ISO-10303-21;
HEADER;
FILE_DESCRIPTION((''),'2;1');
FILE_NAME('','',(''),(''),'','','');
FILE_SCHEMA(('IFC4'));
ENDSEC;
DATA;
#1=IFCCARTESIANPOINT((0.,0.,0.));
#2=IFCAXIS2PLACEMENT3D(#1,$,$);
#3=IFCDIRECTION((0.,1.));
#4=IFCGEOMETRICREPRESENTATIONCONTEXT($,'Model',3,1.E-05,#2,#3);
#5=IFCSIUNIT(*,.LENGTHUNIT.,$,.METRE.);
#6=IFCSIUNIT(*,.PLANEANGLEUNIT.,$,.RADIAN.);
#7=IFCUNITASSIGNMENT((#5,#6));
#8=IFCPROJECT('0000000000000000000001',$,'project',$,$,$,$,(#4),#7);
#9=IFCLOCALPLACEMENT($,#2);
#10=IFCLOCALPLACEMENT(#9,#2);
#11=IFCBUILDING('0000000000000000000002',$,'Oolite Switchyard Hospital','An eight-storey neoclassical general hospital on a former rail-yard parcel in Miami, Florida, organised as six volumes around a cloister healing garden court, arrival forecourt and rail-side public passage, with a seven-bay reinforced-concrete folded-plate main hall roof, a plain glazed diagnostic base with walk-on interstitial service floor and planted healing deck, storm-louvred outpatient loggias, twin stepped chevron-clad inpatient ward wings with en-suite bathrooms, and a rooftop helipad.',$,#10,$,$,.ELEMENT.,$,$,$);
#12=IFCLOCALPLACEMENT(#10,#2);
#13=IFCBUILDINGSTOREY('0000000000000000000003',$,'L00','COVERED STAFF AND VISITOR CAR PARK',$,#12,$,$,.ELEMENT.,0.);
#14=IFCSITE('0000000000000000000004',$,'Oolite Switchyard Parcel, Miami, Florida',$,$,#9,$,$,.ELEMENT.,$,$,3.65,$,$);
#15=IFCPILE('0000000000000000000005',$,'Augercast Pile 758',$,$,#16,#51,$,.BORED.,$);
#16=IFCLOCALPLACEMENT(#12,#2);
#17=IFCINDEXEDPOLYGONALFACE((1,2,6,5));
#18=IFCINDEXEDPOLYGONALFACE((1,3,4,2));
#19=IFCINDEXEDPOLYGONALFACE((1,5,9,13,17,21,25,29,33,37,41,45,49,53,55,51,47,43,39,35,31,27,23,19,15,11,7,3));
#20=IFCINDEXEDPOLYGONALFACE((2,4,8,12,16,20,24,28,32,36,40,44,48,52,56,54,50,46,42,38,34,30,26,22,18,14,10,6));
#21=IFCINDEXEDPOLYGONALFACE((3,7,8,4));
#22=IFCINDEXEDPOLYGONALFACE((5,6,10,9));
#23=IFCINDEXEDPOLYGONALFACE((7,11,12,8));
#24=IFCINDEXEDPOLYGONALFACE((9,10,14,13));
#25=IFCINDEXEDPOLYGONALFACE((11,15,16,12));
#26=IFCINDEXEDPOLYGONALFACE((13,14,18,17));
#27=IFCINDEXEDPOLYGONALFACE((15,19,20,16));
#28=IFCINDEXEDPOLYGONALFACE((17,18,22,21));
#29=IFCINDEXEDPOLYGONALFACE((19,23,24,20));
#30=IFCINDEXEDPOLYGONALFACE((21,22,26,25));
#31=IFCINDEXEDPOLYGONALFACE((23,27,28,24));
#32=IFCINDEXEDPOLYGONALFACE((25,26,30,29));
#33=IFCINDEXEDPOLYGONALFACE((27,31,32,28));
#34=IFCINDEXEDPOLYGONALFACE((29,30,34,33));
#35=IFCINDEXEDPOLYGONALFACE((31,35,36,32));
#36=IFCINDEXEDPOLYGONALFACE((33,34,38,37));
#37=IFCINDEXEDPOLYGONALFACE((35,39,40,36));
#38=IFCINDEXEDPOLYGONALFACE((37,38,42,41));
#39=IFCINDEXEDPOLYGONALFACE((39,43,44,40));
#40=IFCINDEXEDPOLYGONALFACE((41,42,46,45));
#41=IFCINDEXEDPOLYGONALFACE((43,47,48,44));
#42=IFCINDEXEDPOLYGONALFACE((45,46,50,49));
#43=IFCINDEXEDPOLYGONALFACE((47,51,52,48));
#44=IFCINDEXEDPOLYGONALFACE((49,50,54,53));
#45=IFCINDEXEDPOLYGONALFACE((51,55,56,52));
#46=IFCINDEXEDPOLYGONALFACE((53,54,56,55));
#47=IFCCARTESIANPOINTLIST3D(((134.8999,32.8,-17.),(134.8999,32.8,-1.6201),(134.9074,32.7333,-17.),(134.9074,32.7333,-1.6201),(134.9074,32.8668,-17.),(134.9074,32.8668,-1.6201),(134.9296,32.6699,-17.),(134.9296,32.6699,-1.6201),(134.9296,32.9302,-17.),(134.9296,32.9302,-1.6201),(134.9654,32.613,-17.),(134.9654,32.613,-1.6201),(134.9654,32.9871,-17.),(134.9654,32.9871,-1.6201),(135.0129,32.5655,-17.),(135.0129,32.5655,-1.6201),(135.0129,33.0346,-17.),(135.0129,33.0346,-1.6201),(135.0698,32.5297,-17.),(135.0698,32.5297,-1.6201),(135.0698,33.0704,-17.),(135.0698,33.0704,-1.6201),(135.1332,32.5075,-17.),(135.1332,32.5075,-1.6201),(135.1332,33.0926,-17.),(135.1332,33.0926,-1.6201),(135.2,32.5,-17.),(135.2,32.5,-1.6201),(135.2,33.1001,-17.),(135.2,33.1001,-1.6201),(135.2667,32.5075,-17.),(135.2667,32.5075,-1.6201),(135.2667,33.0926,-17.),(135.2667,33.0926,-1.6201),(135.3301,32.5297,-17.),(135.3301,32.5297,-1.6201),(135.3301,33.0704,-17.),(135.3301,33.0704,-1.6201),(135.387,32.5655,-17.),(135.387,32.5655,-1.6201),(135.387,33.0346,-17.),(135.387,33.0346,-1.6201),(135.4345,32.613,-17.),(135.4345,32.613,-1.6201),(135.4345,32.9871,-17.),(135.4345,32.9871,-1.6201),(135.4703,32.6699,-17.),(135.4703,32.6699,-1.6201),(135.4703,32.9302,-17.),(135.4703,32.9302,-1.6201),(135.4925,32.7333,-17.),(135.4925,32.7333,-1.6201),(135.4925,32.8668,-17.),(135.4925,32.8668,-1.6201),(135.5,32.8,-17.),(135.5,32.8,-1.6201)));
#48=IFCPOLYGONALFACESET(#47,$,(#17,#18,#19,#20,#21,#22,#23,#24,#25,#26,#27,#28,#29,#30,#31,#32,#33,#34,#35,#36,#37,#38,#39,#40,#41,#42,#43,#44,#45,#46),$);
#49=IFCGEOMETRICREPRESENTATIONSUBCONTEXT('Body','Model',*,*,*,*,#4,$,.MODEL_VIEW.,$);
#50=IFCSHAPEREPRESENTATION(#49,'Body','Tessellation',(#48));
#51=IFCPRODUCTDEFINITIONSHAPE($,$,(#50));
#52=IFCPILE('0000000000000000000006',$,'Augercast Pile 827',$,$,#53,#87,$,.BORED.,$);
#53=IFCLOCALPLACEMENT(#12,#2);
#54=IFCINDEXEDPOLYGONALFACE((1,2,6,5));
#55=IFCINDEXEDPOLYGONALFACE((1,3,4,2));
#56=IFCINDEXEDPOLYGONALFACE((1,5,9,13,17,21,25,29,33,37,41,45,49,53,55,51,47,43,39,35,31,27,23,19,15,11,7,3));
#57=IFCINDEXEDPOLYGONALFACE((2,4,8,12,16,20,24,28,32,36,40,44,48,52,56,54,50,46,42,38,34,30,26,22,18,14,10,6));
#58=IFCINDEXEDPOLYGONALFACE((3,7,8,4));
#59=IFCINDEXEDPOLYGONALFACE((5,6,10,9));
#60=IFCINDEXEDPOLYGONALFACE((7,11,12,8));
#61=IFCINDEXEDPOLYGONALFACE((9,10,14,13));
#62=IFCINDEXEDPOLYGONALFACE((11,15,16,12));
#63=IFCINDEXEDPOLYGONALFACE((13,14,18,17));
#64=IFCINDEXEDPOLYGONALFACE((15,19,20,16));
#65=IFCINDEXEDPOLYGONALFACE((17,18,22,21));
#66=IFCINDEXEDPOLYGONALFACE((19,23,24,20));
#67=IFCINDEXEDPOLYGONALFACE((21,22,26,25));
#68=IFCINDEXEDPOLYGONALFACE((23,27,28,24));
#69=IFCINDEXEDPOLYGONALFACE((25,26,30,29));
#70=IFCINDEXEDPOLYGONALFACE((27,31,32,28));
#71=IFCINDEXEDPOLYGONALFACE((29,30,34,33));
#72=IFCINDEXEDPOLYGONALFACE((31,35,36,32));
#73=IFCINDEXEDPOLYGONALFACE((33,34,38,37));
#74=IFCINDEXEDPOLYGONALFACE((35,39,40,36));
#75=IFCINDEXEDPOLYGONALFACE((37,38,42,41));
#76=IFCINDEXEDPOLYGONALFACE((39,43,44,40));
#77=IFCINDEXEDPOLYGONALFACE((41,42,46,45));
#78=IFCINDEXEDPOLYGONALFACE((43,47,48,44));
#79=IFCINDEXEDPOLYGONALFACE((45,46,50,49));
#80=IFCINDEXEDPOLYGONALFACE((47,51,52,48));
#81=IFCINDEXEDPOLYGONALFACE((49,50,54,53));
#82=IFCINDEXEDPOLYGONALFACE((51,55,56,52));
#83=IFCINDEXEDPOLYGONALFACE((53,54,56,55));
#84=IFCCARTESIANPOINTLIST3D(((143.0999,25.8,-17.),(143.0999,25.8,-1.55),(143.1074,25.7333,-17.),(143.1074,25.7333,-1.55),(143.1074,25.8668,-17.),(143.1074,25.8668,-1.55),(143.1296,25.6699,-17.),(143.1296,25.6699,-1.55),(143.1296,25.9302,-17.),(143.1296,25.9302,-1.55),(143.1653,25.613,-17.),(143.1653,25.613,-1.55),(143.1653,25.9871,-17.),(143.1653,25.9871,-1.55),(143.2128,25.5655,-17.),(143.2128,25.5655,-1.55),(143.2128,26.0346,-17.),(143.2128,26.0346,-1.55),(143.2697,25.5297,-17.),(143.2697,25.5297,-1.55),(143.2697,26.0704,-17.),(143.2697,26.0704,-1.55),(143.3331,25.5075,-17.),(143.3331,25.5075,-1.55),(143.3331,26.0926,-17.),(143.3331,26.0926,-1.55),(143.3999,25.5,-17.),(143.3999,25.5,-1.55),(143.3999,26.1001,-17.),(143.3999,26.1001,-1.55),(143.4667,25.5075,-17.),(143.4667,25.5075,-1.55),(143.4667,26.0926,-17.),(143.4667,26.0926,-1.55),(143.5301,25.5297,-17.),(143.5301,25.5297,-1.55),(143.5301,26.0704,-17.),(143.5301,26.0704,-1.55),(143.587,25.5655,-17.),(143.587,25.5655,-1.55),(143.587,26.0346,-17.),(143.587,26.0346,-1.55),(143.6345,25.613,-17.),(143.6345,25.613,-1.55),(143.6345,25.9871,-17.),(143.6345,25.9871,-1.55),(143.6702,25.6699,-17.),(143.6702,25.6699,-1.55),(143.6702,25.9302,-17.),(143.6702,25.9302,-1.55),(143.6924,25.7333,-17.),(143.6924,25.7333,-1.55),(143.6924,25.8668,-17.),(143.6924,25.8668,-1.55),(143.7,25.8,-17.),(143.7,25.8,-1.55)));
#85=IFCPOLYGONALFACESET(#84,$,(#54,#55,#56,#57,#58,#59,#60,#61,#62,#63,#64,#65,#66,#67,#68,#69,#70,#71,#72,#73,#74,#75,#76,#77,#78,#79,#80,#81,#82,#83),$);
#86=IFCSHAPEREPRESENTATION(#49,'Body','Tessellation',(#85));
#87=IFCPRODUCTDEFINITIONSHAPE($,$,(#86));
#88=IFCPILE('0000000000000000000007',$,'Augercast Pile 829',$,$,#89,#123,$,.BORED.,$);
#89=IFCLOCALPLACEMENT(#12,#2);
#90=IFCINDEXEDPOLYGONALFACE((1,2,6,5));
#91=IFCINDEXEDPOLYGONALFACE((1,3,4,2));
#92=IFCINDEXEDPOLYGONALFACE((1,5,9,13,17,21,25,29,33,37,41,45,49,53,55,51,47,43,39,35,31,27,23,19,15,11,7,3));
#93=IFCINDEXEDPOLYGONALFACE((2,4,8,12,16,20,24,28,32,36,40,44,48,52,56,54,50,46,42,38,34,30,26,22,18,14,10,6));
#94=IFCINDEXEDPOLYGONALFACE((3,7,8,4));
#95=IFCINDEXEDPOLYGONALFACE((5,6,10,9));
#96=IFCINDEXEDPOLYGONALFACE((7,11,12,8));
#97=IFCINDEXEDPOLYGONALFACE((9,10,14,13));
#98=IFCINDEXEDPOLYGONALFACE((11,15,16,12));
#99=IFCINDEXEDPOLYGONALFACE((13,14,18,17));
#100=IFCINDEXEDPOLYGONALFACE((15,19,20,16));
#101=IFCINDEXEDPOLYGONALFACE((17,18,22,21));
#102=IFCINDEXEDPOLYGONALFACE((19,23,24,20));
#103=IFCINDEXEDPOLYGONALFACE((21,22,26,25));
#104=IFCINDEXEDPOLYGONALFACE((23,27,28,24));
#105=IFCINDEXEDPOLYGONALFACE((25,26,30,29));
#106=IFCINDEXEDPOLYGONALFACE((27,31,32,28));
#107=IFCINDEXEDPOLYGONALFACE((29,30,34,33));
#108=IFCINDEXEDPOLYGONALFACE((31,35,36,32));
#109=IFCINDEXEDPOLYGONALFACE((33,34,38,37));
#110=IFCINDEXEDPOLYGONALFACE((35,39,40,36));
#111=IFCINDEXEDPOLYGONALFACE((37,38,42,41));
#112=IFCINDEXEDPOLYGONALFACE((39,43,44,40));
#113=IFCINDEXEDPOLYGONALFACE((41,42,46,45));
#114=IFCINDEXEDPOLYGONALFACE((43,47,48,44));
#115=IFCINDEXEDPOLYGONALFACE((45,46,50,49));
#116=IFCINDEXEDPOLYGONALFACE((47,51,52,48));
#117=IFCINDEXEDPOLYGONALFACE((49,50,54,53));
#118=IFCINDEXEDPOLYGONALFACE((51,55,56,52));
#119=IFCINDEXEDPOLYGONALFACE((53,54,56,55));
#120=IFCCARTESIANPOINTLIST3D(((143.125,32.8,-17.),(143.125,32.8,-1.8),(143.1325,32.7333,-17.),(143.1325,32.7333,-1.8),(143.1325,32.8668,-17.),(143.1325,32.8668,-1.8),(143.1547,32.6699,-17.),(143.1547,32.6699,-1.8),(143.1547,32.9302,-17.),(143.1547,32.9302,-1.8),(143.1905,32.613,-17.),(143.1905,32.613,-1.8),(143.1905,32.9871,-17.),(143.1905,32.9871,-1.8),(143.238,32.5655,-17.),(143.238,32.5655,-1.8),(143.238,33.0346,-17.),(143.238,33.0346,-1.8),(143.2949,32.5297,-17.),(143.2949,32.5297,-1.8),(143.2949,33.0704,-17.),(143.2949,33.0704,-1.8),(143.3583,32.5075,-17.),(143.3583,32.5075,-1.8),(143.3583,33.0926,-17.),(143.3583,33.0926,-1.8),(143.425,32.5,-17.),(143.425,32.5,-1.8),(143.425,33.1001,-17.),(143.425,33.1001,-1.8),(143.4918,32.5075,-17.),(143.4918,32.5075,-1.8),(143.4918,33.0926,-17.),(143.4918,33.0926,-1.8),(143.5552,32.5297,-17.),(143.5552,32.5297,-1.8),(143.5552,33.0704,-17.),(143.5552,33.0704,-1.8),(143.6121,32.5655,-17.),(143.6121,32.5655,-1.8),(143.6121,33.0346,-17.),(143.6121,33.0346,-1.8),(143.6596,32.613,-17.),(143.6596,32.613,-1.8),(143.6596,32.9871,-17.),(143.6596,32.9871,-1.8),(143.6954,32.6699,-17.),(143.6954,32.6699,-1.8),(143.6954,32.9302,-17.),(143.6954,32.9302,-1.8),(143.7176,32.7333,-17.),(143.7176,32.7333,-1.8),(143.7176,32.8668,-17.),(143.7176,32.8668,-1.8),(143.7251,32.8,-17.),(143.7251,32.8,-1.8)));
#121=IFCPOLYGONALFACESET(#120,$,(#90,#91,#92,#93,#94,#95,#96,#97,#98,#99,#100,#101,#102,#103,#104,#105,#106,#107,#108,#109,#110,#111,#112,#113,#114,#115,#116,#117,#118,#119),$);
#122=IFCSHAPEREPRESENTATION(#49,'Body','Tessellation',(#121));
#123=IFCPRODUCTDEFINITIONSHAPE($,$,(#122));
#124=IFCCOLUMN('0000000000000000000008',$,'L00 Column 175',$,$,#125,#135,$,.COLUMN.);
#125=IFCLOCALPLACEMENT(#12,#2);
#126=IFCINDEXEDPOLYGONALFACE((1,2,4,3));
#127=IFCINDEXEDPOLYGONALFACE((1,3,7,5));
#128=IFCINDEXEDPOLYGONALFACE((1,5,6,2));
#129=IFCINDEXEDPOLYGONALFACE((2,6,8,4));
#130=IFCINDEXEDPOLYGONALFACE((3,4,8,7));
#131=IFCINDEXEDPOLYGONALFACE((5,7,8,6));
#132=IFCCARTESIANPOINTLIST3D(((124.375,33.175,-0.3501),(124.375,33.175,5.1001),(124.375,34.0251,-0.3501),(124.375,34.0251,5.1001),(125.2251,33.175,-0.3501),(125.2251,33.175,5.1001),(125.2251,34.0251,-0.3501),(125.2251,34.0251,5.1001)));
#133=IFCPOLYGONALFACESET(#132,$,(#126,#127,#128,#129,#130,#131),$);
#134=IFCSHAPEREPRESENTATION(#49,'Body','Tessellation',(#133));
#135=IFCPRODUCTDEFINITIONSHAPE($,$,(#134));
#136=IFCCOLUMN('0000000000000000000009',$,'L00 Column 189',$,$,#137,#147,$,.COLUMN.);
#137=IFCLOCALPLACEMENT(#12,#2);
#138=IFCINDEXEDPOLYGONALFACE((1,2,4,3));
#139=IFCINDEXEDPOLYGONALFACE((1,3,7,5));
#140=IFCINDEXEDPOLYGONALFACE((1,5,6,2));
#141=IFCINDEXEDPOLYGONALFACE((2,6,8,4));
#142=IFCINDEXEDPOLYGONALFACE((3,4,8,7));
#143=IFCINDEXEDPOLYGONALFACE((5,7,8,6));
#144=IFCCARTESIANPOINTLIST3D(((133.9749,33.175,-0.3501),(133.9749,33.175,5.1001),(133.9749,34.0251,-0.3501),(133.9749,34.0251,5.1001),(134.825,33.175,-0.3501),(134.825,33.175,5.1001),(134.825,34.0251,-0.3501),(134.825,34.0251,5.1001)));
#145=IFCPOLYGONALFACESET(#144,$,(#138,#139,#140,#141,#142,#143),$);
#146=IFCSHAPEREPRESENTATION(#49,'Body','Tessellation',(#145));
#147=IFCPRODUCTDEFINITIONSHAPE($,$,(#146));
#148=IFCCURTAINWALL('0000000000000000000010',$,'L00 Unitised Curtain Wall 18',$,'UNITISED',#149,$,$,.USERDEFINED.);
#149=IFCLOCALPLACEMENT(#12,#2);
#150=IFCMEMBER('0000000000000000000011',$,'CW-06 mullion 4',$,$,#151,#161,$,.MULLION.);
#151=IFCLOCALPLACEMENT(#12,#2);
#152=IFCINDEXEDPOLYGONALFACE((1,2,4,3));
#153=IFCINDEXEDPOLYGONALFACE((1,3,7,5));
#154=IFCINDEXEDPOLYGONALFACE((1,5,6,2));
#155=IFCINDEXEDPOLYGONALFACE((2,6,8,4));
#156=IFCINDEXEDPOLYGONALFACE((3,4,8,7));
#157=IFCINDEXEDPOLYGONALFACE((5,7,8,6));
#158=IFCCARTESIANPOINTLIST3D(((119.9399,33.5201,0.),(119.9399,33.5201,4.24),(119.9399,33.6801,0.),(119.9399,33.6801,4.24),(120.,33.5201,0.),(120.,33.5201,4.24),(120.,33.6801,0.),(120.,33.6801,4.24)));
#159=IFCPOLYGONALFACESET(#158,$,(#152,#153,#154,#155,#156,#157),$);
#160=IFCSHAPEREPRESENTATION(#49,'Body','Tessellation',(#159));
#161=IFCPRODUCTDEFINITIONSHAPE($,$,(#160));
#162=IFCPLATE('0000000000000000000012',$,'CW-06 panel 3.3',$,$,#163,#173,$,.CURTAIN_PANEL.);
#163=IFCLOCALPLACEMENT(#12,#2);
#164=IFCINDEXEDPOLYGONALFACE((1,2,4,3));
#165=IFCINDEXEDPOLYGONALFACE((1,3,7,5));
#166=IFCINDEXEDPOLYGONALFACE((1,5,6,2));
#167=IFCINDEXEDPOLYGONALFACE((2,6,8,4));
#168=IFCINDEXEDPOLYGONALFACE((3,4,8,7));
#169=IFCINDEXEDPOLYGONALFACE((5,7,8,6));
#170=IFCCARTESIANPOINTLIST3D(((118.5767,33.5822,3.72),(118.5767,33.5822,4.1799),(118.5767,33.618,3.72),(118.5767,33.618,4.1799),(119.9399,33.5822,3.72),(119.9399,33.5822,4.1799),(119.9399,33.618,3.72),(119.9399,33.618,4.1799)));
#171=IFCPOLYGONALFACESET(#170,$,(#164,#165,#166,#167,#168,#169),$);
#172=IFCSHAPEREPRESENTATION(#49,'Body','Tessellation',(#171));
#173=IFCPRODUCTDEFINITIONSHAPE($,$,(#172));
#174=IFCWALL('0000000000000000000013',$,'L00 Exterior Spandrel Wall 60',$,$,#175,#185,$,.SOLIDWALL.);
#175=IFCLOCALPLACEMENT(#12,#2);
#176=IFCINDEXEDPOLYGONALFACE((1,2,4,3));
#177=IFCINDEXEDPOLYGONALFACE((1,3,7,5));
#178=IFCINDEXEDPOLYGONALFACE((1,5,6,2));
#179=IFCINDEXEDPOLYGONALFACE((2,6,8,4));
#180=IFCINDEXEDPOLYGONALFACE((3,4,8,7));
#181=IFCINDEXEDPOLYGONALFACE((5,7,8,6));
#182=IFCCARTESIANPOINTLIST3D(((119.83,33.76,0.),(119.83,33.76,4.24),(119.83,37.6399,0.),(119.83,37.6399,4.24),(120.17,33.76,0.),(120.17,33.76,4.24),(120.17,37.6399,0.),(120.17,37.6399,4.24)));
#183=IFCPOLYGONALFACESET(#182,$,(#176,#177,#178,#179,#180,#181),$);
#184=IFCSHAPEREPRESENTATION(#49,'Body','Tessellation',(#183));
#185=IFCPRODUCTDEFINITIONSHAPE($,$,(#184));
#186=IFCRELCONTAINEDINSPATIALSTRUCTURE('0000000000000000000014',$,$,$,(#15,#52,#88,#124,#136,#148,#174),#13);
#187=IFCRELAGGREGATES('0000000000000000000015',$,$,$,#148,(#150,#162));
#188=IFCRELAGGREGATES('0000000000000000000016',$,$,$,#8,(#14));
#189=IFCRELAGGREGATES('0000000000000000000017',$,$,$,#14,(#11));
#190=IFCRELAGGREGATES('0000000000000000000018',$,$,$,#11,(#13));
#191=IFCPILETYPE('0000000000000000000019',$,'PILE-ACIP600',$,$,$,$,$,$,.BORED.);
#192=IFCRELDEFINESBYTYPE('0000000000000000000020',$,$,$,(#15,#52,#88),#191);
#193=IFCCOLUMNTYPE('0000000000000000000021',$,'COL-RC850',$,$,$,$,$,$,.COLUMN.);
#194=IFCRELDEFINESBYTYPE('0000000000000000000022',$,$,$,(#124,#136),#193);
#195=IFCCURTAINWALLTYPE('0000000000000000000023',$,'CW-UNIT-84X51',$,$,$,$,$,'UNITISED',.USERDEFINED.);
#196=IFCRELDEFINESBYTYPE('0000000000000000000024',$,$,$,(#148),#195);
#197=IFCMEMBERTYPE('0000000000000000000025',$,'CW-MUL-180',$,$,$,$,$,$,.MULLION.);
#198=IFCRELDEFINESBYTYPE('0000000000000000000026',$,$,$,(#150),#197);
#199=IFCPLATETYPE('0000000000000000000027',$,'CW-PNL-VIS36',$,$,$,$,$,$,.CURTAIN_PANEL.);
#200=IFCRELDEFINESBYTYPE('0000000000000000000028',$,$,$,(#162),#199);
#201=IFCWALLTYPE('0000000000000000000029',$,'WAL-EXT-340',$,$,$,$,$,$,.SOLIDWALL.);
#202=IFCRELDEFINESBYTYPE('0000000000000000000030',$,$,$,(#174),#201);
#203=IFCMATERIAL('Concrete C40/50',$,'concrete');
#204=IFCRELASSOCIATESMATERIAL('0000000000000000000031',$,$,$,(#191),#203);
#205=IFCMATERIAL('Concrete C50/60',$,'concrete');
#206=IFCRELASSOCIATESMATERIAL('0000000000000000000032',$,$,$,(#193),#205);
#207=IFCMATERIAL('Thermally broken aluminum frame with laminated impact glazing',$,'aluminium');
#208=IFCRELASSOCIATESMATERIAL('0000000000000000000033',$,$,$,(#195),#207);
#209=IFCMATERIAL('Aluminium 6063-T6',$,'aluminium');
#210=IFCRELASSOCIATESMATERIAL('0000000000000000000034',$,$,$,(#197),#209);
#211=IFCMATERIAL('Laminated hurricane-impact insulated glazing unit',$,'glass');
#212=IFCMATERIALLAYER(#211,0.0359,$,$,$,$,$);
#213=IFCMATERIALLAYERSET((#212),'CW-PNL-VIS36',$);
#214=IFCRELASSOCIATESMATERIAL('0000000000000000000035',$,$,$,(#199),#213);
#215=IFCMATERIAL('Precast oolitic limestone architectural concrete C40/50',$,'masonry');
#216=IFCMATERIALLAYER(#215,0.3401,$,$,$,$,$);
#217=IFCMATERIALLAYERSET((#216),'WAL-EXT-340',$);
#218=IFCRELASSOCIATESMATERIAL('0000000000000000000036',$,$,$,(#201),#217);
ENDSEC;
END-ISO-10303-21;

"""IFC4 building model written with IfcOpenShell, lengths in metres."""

from ifc_helpers import new_model, si_unit, direction, frame, frame_2d, origin, origin_2d, place, context, subcontext, project, spatial, rectangle, circle, extrude, material, layer, layer_set, material_profile, profile_set, type_object, element, aggregate, save


model = new_model("IFC4")

# Units and contexts
model_context = context("Model", 3, precision=1e-05, world=origin(), true_north=direction((0.0, 1.0)))
body_context = subcontext(model_context, "Body", "Model", "MODEL_VIEW")
ifc_project = project(units=[si_unit("LENGTHUNIT", "METRE"), si_unit("PLANEANGLEUNIT", "RADIAN")], contexts=[model_context])

# Site, building, storey
site_placement = place(None, origin())
site = spatial("IfcSite", under=ifc_project, at=site_placement, Name="Oolite Switchyard Parcel, Miami, Florida", CompositionType="ELEMENT", RefElevation=3.65)
building_placement = place(site_placement, origin())
building = spatial("IfcBuilding", under=site, at=building_placement, Name="Oolite Switchyard Hospital", Description="An eight-storey neoclassical general hospital on a former rail-yard parcel in Miami, Florida, organised as six volumes around a cloister healing garden court, arrival forecourt and rail-side public passage, with a seven-bay reinforced-concrete folded-plate main hall roof, a plain glazed diagnostic base with walk-on interstitial service floor and planted healing deck, storm-louvred outpatient loggias, twin stepped chevron-clad inpatient ward wings with en-suite bathrooms, and a rooftop helipad.", CompositionType="ELEMENT")
storey_placement = place(building_placement, origin())
storey = spatial("IfcBuildingStorey", under=building, at=storey_placement, Name="L00", Description="COVERED STAFF AND VISITOR CAR PARK", CompositionType="ELEMENT", Elevation=0.0)

# Shared definitions
ifc_material_1 = material(Name="Concrete C40/50", Category="concrete")

# Piles
ifc_material_profile_1 = material_profile(ifc_material_1, circle(Radius=0.3, at=origin_2d()), Name="PILE600")
ifc_profile_set_1 = profile_set([ifc_material_profile_1], Name="Concrete C40/50")
pile_type = type_object("IfcPileType", Name="PILE-ACIP600", PredefinedType="BORED", material=ifc_profile_set_1)
for number, where, z_axis, x_axis, name in (
    (1, (135.2, 32.8, -1.6201), (0.0, 0.0, -1.0), (1.0, 0.0, 0.0), "Augercast Pile 758"),
):
    element("IfcPile", number, at=place(storey_placement, frame(where, z_axis=z_axis, x_axis=x_axis)), inside=storey, type_object=pile_type, Name=name, PredefinedType="BORED", context=body_context, shape_type="SweptSolid", body=[
        extrude(circle(Radius=0.3, at=origin_2d()), origin(), (0.0, 0.0, 1.0), 15.3799),
    ])
pile_1_placement = place(storey_placement, frame((143.3999, 25.8, -1.55), z_axis=(0.0, 0.0, -1.0), x_axis=(1.0, 0.0, 0.0)))
element("IfcPile", 2, at=pile_1_placement, inside=storey, type_object=pile_type, Name="Augercast Pile 827", PredefinedType="BORED", context=body_context, shape_type="SweptSolid", body=[
    extrude(circle(Radius=0.3, at=origin_2d()), origin(), (0.0, 0.0, 1.0), 15.45),
])
pile_2_placement = place(storey_placement, frame((143.425, 32.8, -1.8), z_axis=(0.0, 0.0, -1.0), x_axis=(1.0, 0.0, 0.0)))
element("IfcPile", 3, at=pile_2_placement, inside=storey, type_object=pile_type, Name="Augercast Pile 829", PredefinedType="BORED", context=body_context, shape_type="SweptSolid", body=[
    extrude(circle(Radius=0.3, at=origin_2d()), origin(), (0.0, 0.0, 1.0), 15.2),
])

# Columns
ifc_material_2 = material(Name="Concrete C50/60", Category="concrete")
ifc_material_profile_2 = material_profile(ifc_material_2, rectangle(XDim=0.8501, YDim=0.8501, at=origin_2d()), Name="RC850X850")
ifc_profile_set_2 = profile_set([ifc_material_profile_2], Name="Concrete C50/60")
column_type = type_object("IfcColumnType", Name="COL-RC850", PredefinedType="COLUMN", material=ifc_profile_set_2)
for number, where, z_axis, x_axis, name in (
    (4, (124.8, 33.6001, -0.3501), (0.0, 0.0, 1.0), (1.0, 0.0, 0.0), "L00 Column 175"),
    (5, (134.3999, 33.6001, -0.3501), (0.0, 0.0, 1.0), (1.0, 0.0, 0.0), "L00 Column 189"),
):
    element("IfcColumn", number, at=place(storey_placement, frame(where, z_axis=z_axis, x_axis=x_axis)), inside=storey, type_object=column_type, Name=name, PredefinedType="COLUMN", context=body_context, shape_type="SweptSolid", body=[
        extrude(rectangle(XDim=0.8501, YDim=0.8501, at=origin_2d()), origin(), (0.0, 0.0, 1.0), 5.4502),
    ])

# Curtain wall, member, plate
ifc_material_3 = material(Name="Thermally broken aluminum frame with laminated impact glazing", Category="aluminium")
curtain_wall_type = type_object("IfcCurtainWallType", Name="CW-UNIT-84X51", ElementType="UNITISED", PredefinedType="USERDEFINED", material=ifc_material_3)
curtain_wall_placement = place(storey_placement, origin())
curtain_wall = element("IfcCurtainWall", 6, at=curtain_wall_placement, inside=storey, type_object=curtain_wall_type, Name="L00 Unitised Curtain Wall 18", ObjectType="UNITISED", PredefinedType="USERDEFINED")
ifc_material_4 = material(Name="Aluminium 6063-T6", Category="aluminium")
ifc_material_profile_3 = material_profile(ifc_material_4, rectangle(XDim=0.1599, YDim=0.0601, at=origin_2d()), Name="CWM60X160")
ifc_profile_set_3 = profile_set([ifc_material_profile_3], Name="Aluminium 6063-T6")
member_type = type_object("IfcMemberType", Name="CW-MUL-180", PredefinedType="MULLION", material=ifc_profile_set_3)
member_placement = place(storey_placement, frame((119.97, 33.6001, 0.0), z_axis=(0.0, 0.0, 1.0), x_axis=(0.0, 1.0, 0.0)))
member = element("IfcMember", 7, at=member_placement, type_object=member_type, Name="CW-06 mullion 4", PredefinedType="MULLION", context=body_context, shape_type="SweptSolid", body=[
    extrude(rectangle(XDim=0.1599, YDim=0.0601, at=origin_2d()), origin(), (0.0, 0.0, 1.0), 4.24),
])
ifc_material_5 = material(Name="Laminated hurricane-impact insulated glazing unit", Category="glass")
ifc_layer_1 = layer(ifc_material_5, 0.0359)
ifc_layer_set_1 = layer_set([ifc_layer_1], Name="CW-PNL-VIS36")
plate_type = type_object("IfcPlateType", Name="CW-PNL-VIS36", PredefinedType="CURTAIN_PANEL", material=ifc_layer_set_1)
plate_placement = place(storey_placement, frame((119.2583, 33.6001, 3.72), z_axis=(0.0, 0.0, 1.0), x_axis=(1.0, 0.0, 0.0)))
plate = element("IfcPlate", 8, at=plate_placement, type_object=plate_type, Name="CW-06 panel 3.3", PredefinedType="CURTAIN_PANEL", context=body_context, shape_type="SweptSolid", body=[
    extrude(rectangle(XDim=1.3633, YDim=0.0359, at=origin_2d()), origin(), (0.0, 0.0, 1.0), 0.46),
])
aggregate(curtain_wall, [member, plate])

# Wall
ifc_material_6 = material(Name="Precast oolitic limestone architectural concrete C40/50", Category="masonry")
ifc_layer_2 = layer(ifc_material_6, 0.3401)
ifc_layer_set_2 = layer_set([ifc_layer_2], Name="WAL-EXT-340")
wall_type_1 = type_object("IfcWallType", Name="WAL-EXT-340", PredefinedType="SOLIDWALL", material=ifc_layer_set_2)
wall_1_placement = place(storey_placement, frame((120.0, 33.76, 0.0), z_axis=(0.0, 0.0, 1.0), x_axis=(0.0, 1.0, 0.0)))
element("IfcWall", 9, at=wall_1_placement, inside=storey, type_object=wall_type_1, Name="L00 Exterior Spandrel Wall 60", PredefinedType="SOLIDWALL", context=body_context, shape_type="SweptSolid", body=[
    extrude(rectangle(XDim=3.8799, YDim=0.3401, at=frame_2d((1.9399, 0.0))), origin(), (0.0, 0.0, 1.0), 4.24),
])

save(model, "model.ifc")
